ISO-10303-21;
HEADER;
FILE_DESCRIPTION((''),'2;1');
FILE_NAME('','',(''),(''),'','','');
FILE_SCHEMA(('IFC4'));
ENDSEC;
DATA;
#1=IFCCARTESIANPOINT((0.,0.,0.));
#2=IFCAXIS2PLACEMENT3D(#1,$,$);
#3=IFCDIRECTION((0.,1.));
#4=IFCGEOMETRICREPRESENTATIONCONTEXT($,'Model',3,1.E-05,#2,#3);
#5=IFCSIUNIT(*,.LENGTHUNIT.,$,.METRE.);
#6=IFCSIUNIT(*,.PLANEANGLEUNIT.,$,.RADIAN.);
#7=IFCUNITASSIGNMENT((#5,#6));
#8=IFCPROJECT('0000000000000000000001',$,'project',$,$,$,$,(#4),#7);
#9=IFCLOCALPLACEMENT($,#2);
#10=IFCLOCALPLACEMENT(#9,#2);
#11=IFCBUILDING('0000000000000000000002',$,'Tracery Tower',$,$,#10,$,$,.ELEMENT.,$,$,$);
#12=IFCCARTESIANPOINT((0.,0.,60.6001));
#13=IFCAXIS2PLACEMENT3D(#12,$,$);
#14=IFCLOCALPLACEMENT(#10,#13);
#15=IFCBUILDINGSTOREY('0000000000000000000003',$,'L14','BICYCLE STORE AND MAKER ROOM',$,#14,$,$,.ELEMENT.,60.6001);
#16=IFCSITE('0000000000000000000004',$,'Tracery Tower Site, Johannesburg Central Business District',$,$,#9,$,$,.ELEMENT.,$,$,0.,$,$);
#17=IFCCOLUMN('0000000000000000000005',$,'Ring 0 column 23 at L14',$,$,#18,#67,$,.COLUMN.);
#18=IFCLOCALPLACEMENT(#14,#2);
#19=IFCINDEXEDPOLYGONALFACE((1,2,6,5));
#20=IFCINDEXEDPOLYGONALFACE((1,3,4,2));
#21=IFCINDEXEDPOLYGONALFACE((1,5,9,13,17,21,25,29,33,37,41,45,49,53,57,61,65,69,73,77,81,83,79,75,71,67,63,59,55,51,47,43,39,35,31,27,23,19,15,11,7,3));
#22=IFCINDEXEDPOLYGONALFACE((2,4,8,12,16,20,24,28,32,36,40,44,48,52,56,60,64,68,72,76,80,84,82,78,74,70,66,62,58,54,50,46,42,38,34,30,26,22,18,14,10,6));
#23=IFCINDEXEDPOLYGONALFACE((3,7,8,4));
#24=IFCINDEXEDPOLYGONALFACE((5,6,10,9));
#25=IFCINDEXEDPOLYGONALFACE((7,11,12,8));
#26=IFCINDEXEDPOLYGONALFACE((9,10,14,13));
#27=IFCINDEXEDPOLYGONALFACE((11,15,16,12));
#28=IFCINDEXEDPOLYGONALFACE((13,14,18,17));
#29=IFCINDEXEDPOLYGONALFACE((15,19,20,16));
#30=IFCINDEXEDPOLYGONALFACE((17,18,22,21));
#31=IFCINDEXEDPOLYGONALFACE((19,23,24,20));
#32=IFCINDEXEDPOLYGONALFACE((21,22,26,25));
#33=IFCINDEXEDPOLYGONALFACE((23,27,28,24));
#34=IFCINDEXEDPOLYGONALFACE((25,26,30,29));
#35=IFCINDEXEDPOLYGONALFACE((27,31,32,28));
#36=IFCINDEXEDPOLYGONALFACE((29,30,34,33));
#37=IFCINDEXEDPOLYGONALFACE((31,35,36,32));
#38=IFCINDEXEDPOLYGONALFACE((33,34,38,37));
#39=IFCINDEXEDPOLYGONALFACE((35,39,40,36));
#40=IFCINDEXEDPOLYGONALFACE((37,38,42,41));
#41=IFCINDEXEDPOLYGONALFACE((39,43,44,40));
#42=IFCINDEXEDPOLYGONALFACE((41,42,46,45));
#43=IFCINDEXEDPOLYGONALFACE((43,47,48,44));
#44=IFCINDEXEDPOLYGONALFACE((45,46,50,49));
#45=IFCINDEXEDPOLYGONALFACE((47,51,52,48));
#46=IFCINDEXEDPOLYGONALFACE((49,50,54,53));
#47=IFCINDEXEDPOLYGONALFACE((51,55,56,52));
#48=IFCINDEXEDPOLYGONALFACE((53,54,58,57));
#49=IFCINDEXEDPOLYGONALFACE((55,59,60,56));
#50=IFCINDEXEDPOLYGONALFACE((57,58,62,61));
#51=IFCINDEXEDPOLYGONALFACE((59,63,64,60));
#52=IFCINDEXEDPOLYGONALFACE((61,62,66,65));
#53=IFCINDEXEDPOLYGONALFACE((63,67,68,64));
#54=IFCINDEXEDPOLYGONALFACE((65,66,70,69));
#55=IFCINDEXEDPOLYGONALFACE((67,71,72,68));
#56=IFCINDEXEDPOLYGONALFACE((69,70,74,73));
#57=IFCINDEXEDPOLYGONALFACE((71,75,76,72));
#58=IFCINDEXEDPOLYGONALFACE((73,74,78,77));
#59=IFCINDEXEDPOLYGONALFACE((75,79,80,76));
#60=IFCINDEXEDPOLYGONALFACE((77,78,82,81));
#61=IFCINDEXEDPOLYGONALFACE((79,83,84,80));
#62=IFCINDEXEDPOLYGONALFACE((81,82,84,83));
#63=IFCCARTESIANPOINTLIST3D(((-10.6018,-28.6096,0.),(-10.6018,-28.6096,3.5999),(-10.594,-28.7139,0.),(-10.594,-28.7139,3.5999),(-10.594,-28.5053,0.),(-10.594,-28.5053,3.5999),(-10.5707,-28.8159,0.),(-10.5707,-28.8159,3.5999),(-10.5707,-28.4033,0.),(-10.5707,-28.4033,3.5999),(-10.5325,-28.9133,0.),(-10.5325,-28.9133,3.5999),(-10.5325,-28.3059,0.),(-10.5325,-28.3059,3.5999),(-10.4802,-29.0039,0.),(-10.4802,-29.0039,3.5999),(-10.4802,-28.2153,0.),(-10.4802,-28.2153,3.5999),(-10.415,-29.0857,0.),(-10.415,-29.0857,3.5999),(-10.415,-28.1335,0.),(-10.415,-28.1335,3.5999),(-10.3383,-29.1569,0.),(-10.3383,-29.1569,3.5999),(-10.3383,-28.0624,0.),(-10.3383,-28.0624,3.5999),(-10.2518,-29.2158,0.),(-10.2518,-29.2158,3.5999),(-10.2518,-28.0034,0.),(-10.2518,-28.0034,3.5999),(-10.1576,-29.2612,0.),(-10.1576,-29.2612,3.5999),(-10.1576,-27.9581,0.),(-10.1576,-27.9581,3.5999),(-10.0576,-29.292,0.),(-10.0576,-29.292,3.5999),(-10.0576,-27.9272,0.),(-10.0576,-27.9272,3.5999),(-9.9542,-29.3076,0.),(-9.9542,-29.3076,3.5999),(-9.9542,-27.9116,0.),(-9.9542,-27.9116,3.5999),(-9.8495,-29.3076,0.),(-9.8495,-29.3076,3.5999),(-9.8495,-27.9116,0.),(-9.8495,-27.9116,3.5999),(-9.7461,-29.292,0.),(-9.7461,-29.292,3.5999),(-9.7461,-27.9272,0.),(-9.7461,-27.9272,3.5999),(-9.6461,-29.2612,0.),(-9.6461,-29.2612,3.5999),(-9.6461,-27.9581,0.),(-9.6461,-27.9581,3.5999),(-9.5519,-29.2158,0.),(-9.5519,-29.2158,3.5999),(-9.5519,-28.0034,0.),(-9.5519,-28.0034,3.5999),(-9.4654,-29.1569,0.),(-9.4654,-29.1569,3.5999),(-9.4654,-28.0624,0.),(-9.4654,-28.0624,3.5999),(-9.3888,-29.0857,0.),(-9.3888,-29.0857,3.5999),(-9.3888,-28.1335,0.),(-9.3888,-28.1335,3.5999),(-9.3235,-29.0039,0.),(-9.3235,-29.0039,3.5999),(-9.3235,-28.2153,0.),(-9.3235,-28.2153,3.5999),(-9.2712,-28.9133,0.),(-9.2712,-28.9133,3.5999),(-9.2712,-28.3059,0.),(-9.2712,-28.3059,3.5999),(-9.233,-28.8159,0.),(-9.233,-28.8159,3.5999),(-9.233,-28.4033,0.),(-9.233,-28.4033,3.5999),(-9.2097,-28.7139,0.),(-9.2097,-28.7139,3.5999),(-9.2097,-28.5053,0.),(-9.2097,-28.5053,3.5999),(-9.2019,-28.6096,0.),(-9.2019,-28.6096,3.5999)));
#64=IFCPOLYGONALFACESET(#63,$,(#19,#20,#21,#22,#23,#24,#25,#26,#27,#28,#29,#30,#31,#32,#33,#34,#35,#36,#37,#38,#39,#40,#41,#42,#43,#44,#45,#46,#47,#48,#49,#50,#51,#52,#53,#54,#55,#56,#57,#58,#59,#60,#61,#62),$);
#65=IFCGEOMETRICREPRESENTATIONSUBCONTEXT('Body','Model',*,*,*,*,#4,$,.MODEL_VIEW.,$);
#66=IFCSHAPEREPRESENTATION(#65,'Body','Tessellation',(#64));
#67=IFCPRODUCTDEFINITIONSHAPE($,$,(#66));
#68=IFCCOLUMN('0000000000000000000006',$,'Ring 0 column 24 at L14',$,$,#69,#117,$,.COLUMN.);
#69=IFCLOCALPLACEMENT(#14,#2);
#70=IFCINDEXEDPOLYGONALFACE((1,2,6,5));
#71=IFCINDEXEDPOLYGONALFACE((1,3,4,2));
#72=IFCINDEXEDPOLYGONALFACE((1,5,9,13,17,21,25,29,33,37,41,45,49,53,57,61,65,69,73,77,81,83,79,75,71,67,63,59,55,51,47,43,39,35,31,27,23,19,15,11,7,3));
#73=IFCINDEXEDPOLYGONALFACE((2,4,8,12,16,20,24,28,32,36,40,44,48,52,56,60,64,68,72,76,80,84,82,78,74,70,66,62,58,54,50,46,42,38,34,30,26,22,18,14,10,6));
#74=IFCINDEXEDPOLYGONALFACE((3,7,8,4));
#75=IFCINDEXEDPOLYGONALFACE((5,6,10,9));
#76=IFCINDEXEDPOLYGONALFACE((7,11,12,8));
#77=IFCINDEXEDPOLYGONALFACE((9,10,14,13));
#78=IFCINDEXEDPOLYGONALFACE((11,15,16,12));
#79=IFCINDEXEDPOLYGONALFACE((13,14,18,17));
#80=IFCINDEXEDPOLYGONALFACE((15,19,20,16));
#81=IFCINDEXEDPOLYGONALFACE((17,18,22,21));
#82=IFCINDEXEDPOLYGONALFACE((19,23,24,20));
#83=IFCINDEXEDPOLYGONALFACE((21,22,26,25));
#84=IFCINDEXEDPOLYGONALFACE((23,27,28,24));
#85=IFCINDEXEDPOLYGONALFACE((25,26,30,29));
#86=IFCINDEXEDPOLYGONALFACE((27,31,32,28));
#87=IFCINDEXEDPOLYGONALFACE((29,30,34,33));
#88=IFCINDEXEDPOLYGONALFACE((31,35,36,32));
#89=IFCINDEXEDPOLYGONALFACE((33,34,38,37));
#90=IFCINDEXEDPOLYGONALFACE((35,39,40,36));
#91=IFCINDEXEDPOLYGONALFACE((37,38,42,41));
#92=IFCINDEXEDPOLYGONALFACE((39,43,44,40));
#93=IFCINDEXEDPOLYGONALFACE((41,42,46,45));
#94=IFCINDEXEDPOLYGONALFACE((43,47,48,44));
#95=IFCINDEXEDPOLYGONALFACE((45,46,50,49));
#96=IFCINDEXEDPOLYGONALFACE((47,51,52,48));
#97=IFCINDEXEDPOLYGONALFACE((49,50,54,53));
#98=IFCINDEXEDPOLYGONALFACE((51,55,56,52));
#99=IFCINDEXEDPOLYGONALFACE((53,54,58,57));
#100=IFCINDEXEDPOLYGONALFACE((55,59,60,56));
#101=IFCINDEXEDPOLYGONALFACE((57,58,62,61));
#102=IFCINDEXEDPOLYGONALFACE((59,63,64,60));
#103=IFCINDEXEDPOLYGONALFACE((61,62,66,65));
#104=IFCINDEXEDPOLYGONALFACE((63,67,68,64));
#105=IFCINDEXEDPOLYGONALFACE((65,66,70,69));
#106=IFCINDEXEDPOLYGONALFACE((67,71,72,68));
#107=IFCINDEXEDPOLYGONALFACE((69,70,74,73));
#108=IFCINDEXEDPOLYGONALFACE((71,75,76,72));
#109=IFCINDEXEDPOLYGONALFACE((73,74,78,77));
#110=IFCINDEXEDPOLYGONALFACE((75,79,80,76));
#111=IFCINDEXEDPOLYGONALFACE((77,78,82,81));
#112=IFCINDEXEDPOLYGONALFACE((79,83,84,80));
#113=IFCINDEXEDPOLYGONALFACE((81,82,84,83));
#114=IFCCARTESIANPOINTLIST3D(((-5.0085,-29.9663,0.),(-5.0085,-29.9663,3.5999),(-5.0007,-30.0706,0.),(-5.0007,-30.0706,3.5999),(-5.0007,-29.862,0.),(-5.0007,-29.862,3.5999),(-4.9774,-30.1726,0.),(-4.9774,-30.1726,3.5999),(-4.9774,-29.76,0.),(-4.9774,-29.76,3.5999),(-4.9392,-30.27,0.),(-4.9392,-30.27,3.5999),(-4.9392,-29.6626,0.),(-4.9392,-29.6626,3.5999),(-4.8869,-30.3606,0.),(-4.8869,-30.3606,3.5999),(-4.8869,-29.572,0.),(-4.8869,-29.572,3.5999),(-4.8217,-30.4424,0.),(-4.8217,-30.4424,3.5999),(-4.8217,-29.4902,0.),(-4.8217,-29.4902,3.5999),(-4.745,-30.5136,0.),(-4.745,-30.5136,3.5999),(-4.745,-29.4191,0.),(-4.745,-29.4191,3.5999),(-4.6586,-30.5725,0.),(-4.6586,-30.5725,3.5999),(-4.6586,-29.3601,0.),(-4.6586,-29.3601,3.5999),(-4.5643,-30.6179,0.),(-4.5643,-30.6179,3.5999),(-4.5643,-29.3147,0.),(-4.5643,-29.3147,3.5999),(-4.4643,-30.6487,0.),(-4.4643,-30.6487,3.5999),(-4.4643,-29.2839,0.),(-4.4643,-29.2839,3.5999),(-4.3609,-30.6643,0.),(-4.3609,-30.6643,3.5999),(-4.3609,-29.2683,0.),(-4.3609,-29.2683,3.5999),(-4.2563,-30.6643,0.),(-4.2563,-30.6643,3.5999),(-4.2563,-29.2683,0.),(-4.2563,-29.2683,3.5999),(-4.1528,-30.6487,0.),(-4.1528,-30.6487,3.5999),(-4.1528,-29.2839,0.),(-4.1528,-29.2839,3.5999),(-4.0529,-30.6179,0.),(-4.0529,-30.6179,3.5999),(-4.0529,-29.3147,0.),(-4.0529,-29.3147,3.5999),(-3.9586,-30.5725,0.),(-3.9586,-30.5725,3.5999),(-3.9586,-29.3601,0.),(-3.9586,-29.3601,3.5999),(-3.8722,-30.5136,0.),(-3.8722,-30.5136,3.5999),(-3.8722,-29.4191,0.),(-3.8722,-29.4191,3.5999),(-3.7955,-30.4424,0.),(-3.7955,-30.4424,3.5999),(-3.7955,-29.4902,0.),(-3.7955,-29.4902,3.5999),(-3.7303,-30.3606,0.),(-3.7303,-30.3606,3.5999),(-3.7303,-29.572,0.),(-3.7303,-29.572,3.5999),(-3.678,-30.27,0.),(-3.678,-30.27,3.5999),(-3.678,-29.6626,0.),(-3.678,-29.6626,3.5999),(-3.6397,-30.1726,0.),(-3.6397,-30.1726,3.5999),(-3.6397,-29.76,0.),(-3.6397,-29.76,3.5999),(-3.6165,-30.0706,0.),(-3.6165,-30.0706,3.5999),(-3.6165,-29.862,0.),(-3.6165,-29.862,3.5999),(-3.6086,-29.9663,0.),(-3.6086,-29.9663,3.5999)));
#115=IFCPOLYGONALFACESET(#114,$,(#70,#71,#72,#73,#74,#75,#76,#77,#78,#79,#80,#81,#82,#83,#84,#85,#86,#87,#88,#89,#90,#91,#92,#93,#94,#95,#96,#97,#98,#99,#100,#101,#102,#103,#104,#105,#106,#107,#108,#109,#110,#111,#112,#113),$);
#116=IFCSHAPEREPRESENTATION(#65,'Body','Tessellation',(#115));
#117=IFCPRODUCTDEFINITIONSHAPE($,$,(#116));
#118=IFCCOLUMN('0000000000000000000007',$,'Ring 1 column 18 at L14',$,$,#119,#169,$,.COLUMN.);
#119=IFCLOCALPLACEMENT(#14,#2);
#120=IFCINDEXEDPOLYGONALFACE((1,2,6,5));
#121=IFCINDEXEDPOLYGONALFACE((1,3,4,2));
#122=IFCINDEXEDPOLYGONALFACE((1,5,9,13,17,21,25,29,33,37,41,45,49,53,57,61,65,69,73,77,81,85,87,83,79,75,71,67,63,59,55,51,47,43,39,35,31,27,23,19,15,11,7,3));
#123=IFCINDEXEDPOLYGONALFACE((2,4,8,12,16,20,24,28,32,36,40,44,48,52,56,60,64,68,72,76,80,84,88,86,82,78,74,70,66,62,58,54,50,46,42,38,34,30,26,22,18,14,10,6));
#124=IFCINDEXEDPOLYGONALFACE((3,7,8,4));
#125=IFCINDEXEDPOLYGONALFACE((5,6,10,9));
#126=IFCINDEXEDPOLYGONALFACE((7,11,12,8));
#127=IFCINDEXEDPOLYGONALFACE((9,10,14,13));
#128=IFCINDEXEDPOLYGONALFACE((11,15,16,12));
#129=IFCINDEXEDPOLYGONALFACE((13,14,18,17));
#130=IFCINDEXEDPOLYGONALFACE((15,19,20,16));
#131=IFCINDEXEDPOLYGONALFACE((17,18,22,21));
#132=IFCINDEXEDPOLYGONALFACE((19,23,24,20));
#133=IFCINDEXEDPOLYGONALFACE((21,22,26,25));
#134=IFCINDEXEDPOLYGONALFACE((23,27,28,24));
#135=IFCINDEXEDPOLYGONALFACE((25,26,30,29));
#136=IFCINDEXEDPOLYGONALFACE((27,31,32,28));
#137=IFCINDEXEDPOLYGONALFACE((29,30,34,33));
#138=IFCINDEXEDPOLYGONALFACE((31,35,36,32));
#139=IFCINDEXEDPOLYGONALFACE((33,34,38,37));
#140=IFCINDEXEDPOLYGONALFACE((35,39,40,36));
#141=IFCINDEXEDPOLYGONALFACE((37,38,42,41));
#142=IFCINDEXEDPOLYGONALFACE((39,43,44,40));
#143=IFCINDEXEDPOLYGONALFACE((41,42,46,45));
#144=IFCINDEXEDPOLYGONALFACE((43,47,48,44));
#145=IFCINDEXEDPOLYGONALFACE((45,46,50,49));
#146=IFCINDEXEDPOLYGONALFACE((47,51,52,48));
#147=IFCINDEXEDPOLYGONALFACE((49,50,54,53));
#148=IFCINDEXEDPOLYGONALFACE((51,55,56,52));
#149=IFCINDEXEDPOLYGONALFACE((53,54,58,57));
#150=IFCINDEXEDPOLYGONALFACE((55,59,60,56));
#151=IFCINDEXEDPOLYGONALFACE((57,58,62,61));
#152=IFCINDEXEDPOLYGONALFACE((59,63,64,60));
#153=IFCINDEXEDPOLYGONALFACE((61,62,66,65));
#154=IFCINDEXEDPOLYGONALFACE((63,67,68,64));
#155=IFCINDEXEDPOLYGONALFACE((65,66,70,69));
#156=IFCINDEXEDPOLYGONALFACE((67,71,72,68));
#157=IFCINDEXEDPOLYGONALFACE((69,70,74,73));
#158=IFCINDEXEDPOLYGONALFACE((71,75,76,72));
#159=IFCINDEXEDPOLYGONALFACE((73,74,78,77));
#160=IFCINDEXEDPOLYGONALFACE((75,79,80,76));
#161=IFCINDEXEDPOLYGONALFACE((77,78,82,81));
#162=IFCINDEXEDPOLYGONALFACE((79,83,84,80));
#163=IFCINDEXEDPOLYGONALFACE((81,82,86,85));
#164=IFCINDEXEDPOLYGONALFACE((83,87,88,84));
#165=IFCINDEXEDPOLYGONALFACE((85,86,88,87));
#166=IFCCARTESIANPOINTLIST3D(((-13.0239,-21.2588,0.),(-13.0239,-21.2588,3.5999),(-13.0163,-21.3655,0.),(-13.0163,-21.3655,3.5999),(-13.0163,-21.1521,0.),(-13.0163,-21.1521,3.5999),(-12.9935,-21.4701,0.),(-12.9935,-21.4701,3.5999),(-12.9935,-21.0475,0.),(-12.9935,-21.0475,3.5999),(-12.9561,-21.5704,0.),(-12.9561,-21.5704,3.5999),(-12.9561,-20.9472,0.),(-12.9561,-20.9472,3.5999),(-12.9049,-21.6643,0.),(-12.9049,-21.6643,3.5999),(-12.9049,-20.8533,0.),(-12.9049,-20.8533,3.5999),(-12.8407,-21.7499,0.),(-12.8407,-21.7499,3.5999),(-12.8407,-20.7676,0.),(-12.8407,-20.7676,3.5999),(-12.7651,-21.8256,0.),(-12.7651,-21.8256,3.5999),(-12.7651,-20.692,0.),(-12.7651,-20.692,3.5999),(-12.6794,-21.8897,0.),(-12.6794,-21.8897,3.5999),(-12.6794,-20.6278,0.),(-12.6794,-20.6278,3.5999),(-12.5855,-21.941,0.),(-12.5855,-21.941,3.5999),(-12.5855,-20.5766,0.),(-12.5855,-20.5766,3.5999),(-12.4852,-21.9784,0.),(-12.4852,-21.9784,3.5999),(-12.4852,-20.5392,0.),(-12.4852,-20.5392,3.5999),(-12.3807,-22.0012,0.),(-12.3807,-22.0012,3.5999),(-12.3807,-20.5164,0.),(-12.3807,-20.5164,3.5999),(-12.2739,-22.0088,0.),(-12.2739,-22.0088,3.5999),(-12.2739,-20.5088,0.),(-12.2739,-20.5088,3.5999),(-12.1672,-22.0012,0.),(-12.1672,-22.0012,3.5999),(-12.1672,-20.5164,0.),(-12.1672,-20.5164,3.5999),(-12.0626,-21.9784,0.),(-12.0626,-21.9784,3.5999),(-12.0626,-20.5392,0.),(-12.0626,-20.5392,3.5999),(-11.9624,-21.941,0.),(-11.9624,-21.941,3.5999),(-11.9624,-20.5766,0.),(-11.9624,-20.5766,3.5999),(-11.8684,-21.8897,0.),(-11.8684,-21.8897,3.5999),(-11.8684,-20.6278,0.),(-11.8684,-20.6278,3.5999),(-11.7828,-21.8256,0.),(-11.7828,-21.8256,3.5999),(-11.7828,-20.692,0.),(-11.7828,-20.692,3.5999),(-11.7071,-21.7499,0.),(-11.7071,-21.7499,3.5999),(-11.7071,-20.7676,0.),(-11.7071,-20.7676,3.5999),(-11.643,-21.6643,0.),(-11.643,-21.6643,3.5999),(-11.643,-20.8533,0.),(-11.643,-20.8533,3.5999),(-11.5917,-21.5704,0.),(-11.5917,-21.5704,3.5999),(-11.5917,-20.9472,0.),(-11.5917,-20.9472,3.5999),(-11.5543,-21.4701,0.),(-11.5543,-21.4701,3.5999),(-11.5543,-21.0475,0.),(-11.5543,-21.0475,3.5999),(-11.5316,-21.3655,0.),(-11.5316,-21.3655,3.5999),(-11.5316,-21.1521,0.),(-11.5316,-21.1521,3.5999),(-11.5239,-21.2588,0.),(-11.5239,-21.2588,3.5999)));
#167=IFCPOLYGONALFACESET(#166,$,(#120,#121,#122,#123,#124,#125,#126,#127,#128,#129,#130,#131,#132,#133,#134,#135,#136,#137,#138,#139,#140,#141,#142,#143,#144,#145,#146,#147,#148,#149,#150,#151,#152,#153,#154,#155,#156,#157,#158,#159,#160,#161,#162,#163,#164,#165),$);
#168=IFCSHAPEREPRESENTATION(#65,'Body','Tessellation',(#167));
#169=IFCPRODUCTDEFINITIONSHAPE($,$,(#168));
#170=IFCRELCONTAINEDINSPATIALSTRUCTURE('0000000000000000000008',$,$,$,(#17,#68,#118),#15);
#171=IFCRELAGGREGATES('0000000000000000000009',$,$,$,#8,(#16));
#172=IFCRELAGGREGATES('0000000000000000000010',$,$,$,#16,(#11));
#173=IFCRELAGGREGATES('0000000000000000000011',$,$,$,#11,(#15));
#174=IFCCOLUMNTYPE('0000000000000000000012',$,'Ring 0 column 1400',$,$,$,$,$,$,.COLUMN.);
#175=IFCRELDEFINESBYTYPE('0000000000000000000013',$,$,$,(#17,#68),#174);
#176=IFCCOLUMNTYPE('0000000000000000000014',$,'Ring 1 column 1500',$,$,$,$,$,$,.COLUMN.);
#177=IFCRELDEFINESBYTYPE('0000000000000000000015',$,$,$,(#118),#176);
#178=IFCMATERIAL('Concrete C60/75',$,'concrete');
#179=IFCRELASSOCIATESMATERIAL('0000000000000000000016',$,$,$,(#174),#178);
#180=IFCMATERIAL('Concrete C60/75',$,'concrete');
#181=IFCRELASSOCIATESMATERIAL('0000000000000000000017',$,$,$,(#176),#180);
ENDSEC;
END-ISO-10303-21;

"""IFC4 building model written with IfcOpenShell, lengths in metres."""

from ifc_helpers import new_model, si_unit, direction, frame, origin, origin_2d, place, context, subcontext, project, spatial, circle, extrude, material, material_profile, profile_set, type_object, element, save


model = new_model("IFC4")

# Units and contexts
model_context = context("Model", 3, precision=1e-05, world=origin(), true_north=direction((0.0, 1.0)))
body_context = subcontext(model_context, "Body", "Model", "MODEL_VIEW")
ifc_project = project(units=[si_unit("LENGTHUNIT", "METRE"), si_unit("PLANEANGLEUNIT", "RADIAN")], contexts=[model_context])

# Site, building, storey
site_placement = place(None, origin())
site = spatial("IfcSite", under=ifc_project, at=site_placement, Name="Tracery Tower Site, Johannesburg Central Business District", CompositionType="ELEMENT", RefElevation=0.0)
building_placement = place(site_placement, origin())
building = spatial("IfcBuilding", under=site, at=building_placement, Name="Tracery Tower", CompositionType="ELEMENT")
storey_placement = place(building_placement, frame((0.0, 0.0, 60.6001)))
storey = spatial("IfcBuildingStorey", under=building, at=storey_placement, Name="L14", Description="BICYCLE STORE AND MAKER ROOM", CompositionType="ELEMENT", Elevation=60.6001)

# Columns
ifc_material_1 = material(Name="Concrete C60/75", Category="concrete")
ifc_material_profile_1 = material_profile(ifc_material_1, circle(Radius=0.7, at=origin_2d()), Name="RC D1400")
ifc_profile_set_1 = profile_set([ifc_material_profile_1], Name="Concrete C60/75")
column_type_1 = type_object("IfcColumnType", Name="Ring 0 column 1400", PredefinedType="COLUMN", material=ifc_profile_set_1)
for number, where, z_axis, x_axis, name in (
    (1, (-9.9019, -28.6096, 0.0), (0.0, 0.0, 1.0), (1.0, 0.0, 0.0), "Ring 0 column 23 at L14"),
    (2, (-4.3086, -29.9663, 0.0), (0.0, 0.0, 1.0), (1.0, 0.0, 0.0), "Ring 0 column 24 at L14"),
):
    element("IfcColumn", number, at=place(storey_placement, frame(where, z_axis=z_axis, x_axis=x_axis)), inside=storey, type_object=column_type_1, Name=name, PredefinedType="COLUMN", context=body_context, shape_type="SweptSolid", body=[
        extrude(circle(Radius=0.7, at=origin_2d()), origin(), (0.0, 0.0, 1.0), 3.5999),
    ])
ifc_material_2 = material(Name="Concrete C60/75", Category="concrete")
ifc_material_profile_2 = material_profile(ifc_material_2, circle(Radius=0.75, at=origin_2d()), Name="RC D1500")
ifc_profile_set_2 = profile_set([ifc_material_profile_2], Name="Concrete C60/75")
column_type_2 = type_object("IfcColumnType", Name="Ring 1 column 1500", PredefinedType="COLUMN", material=ifc_profile_set_2)
for number, where, z_axis, x_axis, name in (
    (3, (-12.2739, -21.2588, 0.0), (0.0, 0.0, 1.0), (1.0, 0.0, 0.0), "Ring 1 column 18 at L14"),
):
    element("IfcColumn", number, at=place(storey_placement, frame(where, z_axis=z_axis, x_axis=x_axis)), inside=storey, type_object=column_type_2, Name=name, PredefinedType="COLUMN", context=body_context, shape_type="SweptSolid", body=[
        extrude(circle(Radius=0.75, at=origin_2d()), origin(), (0.0, 0.0, 1.0), 3.5999),
    ])

save(model, "model.ifc")
